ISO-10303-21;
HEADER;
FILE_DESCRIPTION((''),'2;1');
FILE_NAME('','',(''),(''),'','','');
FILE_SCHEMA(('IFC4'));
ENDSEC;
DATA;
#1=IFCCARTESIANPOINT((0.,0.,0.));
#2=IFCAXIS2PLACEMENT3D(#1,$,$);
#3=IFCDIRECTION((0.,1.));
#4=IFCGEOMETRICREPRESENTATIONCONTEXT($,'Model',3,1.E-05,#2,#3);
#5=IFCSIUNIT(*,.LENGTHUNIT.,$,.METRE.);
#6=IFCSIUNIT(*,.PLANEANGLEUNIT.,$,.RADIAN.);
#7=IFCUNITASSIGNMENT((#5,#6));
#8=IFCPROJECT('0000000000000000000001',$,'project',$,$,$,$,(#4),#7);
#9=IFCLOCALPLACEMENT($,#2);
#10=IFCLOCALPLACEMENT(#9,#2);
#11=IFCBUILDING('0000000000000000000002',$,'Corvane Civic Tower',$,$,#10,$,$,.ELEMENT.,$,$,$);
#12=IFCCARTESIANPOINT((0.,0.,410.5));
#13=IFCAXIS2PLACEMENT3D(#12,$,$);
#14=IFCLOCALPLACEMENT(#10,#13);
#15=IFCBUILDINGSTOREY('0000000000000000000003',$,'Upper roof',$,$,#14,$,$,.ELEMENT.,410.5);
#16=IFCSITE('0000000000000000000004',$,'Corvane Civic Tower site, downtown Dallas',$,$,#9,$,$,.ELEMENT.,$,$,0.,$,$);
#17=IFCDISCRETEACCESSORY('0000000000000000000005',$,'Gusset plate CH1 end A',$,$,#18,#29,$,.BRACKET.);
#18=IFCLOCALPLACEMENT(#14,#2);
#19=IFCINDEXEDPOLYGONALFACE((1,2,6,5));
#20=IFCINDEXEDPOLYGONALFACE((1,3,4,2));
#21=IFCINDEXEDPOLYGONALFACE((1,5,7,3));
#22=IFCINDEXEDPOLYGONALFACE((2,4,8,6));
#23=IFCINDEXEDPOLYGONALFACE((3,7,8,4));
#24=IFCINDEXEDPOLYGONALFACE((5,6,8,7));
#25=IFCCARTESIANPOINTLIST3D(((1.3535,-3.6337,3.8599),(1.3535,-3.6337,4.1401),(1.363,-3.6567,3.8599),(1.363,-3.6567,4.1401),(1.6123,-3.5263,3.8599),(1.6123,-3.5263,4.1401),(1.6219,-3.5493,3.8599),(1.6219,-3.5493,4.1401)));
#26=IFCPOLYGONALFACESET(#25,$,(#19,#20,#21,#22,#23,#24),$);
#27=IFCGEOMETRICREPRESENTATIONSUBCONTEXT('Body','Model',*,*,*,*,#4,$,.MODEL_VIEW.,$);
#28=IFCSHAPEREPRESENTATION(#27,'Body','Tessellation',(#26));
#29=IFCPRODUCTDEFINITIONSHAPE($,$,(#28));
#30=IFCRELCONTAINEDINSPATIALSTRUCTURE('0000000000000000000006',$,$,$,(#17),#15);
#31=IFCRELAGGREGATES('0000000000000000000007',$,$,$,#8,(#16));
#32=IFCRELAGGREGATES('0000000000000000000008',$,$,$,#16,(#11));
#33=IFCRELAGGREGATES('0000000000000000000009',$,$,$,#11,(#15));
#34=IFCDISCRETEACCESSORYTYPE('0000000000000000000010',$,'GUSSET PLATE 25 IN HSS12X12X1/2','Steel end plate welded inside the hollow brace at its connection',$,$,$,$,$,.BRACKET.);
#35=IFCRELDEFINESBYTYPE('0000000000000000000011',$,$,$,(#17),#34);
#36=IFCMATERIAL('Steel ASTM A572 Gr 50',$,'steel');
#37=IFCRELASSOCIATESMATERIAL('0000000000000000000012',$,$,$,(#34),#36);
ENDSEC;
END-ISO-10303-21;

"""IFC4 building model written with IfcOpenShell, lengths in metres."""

from ifc_helpers import new_model, si_unit, direction, frame, origin, origin_2d, place, context, subcontext, project, spatial, rectangle, extrude, material, material_profile, profile_set, type_object, element, save


model = new_model("IFC4")

# Units and contexts
model_context = context("Model", 3, precision=1e-05, world=origin(), true_north=direction((0.0, 1.0)))
body_context = subcontext(model_context, "Body", "Model", "MODEL_VIEW")
ifc_project = project(units=[si_unit("LENGTHUNIT", "METRE"), si_unit("PLANEANGLEUNIT", "RADIAN")], contexts=[model_context])

# Site, building, storey
site_placement = place(None, origin())
site = spatial("IfcSite", under=ifc_project, at=site_placement, Name="Corvane Civic Tower site, downtown Dallas", CompositionType="ELEMENT", RefElevation=0.0)
building_placement = place(site_placement, origin())
building = spatial("IfcBuilding", under=site, at=building_placement, Name="Corvane Civic Tower", CompositionType="ELEMENT")
storey_placement = place(building_placement, frame((0.0, 0.0, 410.5)))
storey = spatial("IfcBuildingStorey", under=building, at=storey_placement, Name="Upper roof", CompositionType="ELEMENT", Elevation=410.5)

# Discrete accessory
ifc_material_1 = material(Name="Steel ASTM A572 Gr 50", Category="steel")
ifc_material_profile_1 = material_profile(ifc_material_1, rectangle(XDim=0.2803, YDim=0.2803, at=origin_2d()), Name="GUSSET PLATE 25 IN HSS12X12X1/2")
ifc_profile_set_1 = profile_set([ifc_material_profile_1], Name="Steel ASTM A572 Gr 50")
discrete_accessory_type = type_object("IfcDiscreteAccessoryType", Name="GUSSET PLATE 25 IN HSS12X12X1/2", Description="Steel end plate welded inside the hollow brace at its connection", PredefinedType="BRACKET", material=ifc_profile_set_1)
discrete_accessory_placement = place(storey_placement, frame((1.4924, -3.603, 4.0), z_axis=(-0.38322, 0.923657, 0.0), x_axis=(-0.923657, -0.38322, 0.0)))
element("IfcDiscreteAccessory", 1, at=discrete_accessory_placement, inside=storey, type_object=discrete_accessory_type, Name="Gusset plate CH1 end A", PredefinedType="BRACKET", context=body_context, shape_type="SweptSolid", body=[
    extrude(rectangle(XDim=0.2803, YDim=0.2803, at=origin_2d()), origin(), (0.0, 0.0, 1.0), 0.0249),
])

save(model, "model.ifc")
